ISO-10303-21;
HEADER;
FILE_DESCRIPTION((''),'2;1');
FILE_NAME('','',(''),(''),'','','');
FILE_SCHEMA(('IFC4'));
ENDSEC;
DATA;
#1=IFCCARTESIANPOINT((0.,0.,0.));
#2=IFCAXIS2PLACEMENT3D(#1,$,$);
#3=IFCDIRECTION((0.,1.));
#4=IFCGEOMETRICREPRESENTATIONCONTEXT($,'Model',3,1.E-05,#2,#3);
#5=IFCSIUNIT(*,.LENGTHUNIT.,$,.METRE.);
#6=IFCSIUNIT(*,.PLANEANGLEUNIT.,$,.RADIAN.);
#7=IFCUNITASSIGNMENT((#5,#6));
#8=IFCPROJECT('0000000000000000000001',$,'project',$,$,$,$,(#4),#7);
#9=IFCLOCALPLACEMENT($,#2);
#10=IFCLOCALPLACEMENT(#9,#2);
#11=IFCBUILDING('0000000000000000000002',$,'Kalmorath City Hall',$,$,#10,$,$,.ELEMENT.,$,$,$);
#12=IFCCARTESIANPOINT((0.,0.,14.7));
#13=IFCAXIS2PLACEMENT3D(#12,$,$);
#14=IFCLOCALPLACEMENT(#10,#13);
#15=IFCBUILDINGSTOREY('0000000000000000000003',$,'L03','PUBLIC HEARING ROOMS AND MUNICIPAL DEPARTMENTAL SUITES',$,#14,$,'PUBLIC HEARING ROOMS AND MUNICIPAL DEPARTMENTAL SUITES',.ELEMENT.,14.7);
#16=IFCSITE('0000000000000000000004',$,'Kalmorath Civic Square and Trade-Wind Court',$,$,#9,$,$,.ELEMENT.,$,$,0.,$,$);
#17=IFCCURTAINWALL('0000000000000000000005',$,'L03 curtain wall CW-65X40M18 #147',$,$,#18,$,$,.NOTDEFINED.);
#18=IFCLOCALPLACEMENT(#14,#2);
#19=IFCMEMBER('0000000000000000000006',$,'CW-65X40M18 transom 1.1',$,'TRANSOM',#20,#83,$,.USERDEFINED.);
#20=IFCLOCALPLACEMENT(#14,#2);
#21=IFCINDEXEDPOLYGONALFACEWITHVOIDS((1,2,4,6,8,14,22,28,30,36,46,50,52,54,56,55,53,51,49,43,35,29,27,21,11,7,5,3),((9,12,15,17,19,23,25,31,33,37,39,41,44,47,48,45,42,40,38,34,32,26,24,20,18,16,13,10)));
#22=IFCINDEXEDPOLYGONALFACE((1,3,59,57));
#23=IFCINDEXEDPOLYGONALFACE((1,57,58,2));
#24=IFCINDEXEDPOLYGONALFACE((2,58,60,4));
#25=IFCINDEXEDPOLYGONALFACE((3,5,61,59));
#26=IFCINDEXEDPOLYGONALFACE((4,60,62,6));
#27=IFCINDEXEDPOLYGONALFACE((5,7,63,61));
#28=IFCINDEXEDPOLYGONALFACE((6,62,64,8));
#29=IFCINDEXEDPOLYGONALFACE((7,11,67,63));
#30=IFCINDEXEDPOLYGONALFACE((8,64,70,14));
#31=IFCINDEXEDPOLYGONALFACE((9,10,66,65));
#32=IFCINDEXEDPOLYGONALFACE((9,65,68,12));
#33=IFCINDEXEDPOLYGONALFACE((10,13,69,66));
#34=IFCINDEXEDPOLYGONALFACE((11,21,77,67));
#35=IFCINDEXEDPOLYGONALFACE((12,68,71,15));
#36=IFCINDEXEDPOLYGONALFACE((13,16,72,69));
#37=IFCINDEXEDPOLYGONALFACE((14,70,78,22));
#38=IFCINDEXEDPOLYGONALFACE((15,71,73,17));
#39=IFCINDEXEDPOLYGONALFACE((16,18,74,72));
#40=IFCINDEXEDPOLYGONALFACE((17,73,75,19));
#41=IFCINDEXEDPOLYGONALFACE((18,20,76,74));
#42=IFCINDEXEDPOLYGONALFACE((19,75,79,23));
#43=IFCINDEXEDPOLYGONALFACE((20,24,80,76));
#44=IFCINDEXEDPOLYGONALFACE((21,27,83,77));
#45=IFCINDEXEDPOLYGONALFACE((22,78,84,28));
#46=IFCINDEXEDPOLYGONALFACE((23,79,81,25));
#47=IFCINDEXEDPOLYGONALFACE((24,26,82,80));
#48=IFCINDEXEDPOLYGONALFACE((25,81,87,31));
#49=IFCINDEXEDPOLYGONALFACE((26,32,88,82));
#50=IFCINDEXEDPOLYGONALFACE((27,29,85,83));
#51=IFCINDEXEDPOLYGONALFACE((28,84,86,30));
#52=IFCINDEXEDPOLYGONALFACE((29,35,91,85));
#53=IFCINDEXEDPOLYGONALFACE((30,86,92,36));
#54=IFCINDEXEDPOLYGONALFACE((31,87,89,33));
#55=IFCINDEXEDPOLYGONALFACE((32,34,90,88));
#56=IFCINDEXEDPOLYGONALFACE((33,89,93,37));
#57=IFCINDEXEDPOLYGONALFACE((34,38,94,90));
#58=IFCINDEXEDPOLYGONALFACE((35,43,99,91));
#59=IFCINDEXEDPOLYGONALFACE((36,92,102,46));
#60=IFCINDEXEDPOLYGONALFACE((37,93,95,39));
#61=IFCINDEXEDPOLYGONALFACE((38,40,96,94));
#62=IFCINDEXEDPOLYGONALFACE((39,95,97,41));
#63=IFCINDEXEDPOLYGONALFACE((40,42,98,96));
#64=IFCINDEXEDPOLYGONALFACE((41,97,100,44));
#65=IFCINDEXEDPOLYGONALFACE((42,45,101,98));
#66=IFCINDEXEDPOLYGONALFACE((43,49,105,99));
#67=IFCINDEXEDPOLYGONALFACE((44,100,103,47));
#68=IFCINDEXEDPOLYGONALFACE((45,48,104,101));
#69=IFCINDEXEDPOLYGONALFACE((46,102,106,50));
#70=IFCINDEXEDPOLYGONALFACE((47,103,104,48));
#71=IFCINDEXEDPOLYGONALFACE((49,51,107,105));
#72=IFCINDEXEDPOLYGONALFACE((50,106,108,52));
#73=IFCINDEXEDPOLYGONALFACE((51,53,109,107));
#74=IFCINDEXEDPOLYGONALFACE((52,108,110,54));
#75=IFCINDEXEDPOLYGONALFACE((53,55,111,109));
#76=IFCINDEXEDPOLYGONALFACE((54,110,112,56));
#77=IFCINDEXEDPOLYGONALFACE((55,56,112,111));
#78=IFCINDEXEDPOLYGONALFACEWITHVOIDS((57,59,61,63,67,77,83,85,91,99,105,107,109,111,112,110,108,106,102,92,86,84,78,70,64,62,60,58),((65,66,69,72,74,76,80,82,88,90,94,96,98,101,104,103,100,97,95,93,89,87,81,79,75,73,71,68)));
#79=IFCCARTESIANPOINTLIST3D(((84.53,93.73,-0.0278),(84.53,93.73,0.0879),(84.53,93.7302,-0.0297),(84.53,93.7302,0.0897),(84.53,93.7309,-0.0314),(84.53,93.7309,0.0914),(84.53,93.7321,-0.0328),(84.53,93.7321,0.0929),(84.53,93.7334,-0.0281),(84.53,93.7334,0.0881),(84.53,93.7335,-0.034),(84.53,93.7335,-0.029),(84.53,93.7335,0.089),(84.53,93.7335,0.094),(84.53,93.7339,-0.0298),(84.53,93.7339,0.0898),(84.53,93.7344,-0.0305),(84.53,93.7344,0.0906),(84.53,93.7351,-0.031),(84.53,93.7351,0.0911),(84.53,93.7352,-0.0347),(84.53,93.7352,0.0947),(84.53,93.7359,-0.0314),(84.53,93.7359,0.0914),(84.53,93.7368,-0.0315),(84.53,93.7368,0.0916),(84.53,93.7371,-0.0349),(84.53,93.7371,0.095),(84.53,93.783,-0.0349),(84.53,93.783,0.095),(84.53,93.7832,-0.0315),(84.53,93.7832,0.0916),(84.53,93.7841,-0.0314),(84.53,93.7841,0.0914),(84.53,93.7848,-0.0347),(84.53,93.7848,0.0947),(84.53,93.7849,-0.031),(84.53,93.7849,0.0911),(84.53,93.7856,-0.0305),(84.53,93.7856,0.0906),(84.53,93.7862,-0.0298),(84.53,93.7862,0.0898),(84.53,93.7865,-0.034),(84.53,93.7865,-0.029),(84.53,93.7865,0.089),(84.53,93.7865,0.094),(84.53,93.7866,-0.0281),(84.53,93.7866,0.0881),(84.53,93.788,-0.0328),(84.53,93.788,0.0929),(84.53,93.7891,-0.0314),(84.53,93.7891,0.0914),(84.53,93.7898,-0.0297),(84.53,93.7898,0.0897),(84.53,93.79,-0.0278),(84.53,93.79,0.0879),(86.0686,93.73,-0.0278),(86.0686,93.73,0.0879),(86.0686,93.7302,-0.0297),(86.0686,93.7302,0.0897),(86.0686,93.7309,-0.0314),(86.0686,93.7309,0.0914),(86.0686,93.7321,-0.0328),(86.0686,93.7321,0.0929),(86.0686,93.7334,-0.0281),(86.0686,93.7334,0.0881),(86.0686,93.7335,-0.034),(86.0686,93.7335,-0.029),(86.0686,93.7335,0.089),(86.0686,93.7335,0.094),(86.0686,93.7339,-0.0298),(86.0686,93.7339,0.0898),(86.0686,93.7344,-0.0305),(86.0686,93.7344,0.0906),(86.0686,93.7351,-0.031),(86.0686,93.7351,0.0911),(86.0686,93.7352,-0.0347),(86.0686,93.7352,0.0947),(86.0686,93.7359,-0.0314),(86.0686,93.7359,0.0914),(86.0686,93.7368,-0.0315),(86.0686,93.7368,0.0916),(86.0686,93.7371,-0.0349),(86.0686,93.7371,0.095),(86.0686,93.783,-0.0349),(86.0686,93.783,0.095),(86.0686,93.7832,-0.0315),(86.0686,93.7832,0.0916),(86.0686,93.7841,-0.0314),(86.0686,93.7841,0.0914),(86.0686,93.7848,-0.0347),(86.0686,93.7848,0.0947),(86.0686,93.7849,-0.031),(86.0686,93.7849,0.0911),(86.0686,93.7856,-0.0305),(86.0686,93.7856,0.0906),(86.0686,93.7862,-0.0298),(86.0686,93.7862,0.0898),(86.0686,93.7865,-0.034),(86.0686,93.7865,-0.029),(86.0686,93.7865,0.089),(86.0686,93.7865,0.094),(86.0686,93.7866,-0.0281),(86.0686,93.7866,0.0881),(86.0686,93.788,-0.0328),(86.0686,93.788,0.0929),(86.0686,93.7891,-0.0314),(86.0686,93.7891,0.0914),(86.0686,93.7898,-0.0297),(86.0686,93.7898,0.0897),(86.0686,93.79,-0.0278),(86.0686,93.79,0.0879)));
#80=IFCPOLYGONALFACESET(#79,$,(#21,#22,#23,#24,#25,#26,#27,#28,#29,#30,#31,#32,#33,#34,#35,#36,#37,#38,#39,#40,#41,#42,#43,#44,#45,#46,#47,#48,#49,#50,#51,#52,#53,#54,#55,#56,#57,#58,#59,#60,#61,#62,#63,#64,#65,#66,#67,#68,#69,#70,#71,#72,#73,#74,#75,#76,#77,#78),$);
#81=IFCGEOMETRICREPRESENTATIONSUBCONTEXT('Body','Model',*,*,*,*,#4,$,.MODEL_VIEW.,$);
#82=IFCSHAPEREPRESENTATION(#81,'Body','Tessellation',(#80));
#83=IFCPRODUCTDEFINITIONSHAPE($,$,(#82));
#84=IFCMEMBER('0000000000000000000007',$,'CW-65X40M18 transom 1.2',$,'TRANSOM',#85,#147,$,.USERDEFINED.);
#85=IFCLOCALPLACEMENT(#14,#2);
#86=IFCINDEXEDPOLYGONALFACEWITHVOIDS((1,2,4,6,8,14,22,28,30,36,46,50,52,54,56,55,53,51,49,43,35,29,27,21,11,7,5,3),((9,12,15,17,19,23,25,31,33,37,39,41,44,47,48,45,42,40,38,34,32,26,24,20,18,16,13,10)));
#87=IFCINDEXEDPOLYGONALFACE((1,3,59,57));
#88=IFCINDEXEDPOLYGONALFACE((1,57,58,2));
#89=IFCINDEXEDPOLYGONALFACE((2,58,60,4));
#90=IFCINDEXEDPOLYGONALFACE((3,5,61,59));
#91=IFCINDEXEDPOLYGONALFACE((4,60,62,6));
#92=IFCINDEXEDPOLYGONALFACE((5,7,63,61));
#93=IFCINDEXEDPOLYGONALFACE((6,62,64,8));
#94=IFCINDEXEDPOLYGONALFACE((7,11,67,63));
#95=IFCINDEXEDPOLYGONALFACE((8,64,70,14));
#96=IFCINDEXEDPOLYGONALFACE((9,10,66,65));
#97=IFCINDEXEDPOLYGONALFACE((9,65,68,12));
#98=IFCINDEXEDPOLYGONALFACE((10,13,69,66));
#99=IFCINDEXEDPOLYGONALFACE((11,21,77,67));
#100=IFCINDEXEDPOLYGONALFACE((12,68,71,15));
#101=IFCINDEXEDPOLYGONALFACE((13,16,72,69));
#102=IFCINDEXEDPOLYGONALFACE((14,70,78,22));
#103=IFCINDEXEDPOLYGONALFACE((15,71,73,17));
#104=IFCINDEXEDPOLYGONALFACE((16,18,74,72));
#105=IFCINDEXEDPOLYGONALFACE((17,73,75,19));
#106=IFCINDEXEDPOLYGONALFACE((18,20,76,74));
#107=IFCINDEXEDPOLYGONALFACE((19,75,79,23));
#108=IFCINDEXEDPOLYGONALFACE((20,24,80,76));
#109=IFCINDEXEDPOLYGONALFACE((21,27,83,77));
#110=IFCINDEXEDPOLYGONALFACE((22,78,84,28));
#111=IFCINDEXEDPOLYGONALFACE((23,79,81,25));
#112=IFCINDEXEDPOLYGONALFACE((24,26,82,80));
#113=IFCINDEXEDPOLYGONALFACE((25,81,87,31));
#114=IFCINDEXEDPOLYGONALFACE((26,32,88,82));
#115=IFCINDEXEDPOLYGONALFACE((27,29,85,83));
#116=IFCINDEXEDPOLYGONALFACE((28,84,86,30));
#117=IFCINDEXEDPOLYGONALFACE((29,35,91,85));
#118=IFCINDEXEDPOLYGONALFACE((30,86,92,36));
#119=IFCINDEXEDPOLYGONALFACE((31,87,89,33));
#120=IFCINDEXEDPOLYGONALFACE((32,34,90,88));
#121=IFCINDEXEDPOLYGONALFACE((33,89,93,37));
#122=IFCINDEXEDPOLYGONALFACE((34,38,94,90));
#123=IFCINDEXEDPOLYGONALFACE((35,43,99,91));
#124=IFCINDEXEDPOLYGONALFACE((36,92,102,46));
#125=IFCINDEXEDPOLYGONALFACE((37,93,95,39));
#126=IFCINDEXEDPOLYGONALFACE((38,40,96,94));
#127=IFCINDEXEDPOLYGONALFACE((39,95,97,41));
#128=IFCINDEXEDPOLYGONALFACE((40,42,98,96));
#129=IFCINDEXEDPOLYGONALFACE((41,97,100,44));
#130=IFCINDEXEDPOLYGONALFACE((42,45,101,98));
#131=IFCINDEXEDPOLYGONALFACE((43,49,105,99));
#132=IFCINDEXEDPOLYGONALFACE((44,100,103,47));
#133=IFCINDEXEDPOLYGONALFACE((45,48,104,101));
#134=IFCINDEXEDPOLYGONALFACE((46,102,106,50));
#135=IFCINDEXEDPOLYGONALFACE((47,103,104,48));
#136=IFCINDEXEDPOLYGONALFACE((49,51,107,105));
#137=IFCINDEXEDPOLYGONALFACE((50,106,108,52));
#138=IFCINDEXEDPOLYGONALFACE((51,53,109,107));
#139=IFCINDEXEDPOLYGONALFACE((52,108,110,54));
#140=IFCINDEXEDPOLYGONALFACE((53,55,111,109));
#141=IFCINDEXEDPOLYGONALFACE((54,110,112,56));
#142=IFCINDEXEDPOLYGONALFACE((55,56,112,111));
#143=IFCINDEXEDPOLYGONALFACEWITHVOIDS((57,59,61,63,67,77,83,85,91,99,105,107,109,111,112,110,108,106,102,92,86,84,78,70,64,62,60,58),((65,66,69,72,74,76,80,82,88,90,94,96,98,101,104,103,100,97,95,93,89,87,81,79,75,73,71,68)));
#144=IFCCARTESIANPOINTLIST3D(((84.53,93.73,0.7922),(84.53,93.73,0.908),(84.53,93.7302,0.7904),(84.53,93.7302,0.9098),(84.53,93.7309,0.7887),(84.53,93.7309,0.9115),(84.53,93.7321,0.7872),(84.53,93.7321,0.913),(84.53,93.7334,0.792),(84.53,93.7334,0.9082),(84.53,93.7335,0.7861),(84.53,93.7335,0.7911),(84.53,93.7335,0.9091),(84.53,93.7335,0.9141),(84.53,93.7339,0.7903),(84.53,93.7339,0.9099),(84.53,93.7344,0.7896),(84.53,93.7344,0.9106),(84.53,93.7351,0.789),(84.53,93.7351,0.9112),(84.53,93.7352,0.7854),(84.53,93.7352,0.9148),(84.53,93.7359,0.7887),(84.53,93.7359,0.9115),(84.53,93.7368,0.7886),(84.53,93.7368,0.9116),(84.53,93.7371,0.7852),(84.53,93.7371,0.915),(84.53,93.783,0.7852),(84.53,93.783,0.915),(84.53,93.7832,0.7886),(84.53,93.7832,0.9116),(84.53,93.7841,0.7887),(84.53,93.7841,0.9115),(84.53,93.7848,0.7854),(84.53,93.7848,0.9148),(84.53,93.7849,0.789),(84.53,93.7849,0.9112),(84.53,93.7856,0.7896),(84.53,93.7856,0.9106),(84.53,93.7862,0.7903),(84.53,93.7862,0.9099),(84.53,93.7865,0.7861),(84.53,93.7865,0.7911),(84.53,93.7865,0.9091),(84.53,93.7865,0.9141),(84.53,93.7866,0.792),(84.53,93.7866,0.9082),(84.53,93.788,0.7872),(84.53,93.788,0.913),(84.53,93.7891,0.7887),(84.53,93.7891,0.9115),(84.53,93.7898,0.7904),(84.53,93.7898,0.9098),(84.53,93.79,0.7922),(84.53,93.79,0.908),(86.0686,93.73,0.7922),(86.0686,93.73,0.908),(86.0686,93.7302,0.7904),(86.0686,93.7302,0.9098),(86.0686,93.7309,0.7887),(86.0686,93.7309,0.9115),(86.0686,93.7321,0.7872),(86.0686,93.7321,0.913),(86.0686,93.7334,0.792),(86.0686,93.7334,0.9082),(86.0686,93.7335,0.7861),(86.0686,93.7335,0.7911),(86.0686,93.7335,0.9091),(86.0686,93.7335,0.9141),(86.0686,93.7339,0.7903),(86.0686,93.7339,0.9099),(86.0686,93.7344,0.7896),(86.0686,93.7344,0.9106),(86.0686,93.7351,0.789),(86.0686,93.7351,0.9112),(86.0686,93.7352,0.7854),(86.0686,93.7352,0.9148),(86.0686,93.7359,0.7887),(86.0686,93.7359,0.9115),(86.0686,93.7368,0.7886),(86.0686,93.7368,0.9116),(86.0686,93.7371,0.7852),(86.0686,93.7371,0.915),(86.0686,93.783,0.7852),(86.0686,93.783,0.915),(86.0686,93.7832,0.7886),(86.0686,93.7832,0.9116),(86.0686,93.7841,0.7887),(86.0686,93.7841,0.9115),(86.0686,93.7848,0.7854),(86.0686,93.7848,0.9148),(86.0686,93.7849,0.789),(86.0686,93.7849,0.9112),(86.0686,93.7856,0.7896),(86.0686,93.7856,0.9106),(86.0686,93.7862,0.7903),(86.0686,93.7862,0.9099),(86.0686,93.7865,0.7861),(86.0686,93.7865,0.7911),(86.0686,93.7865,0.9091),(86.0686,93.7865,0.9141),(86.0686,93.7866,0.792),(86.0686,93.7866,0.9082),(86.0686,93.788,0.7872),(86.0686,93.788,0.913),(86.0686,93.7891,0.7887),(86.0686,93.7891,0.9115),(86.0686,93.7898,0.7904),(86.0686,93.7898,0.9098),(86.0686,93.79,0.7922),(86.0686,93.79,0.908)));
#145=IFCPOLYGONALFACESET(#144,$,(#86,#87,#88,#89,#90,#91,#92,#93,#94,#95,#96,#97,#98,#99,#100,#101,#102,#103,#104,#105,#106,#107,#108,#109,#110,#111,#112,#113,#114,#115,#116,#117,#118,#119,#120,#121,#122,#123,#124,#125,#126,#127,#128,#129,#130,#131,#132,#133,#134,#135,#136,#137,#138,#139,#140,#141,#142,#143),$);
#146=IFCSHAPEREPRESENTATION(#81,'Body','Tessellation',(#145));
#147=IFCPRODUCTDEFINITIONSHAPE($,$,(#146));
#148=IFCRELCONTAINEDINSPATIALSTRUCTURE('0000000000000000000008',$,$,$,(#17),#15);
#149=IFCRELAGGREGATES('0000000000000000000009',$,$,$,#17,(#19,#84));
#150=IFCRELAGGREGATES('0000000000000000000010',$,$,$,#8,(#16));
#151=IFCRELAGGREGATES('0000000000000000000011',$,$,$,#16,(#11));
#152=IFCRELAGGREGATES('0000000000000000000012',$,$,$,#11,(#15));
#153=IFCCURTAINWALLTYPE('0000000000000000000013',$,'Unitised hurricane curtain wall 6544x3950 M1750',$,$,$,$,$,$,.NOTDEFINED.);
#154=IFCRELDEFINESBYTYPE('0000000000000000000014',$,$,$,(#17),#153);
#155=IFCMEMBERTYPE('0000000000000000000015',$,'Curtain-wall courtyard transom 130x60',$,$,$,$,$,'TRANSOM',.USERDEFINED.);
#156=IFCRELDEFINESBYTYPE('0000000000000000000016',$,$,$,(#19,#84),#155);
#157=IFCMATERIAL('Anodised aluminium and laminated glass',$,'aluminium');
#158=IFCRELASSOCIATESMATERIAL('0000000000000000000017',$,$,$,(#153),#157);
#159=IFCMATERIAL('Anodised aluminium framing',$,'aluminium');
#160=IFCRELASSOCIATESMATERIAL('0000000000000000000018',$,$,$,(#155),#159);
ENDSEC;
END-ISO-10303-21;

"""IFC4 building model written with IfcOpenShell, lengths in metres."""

from ifc_helpers import new_model, si_unit, direction, frame, origin, origin_2d, place, context, subcontext, project, spatial, hollow_rectangle, extrude, material, material_profile, profile_set, type_object, element, aggregate, save


model = new_model("IFC4")

# Units and contexts
model_context = context("Model", 3, precision=1e-05, world=origin(), true_north=direction((0.0, 1.0)))
body_context = subcontext(model_context, "Body", "Model", "MODEL_VIEW")
ifc_project = project(units=[si_unit("LENGTHUNIT", "METRE"), si_unit("PLANEANGLEUNIT", "RADIAN")], contexts=[model_context])

# Site, building, storey
site_placement = place(None, origin())
site = spatial("IfcSite", under=ifc_project, at=site_placement, Name="Kalmorath Civic Square and Trade-Wind Court", CompositionType="ELEMENT", RefElevation=0.0)
building_placement = place(site_placement, origin())
building = spatial("IfcBuilding", under=site, at=building_placement, Name="Kalmorath City Hall", CompositionType="ELEMENT")
storey_placement = place(building_placement, frame((0.0, 0.0, 14.7)))
storey = spatial("IfcBuildingStorey", under=building, at=storey_placement, Name="L03", Description="PUBLIC HEARING ROOMS AND MUNICIPAL DEPARTMENTAL SUITES", LongName="PUBLIC HEARING ROOMS AND MUNICIPAL DEPARTMENTAL SUITES", CompositionType="ELEMENT", Elevation=14.7)

# Curtain wall
ifc_material_1 = material(Name="Anodised aluminium and laminated glass", Category="aluminium")
curtain_wall_type_1 = type_object("IfcCurtainWallType", Name="Unitised hurricane curtain wall 6544x3950 M1750", PredefinedType="NOTDEFINED", material=ifc_material_1)
curtain_wall_1_placement = place(storey_placement, origin())
curtain_wall_1 = element("IfcCurtainWall", 1, at=curtain_wall_1_placement, inside=storey, type_object=curtain_wall_type_1, Name="L03 curtain wall CW-65X40M18 #147", PredefinedType="NOTDEFINED")

# Members
ifc_material_2 = material(Name="Anodised aluminium framing", Category="aluminium")
ifc_material_profile_1 = material_profile(ifc_material_2, hollow_rectangle(XDim=0.0601, YDim=0.1299, WallThickness=0.0034, InnerFilletRadius=0.0034, OuterFilletRadius=0.0071, at=origin_2d()), Name="ALU-TRN-130X60X3.5")
ifc_profile_set_1 = profile_set([ifc_material_profile_1], Name="Anodised aluminium framing")
member_type_1 = type_object("IfcMemberType", Name="Curtain-wall courtyard transom 130x60", ElementType="TRANSOM", PredefinedType="USERDEFINED", material=ifc_profile_set_1)
member_1_placement = place(storey_placement, frame((86.0686, 93.76, 0.03), z_axis=(-1.0, 0.0, 0.0), x_axis=(0.0, -1.0, 0.0)))
member_1 = element("IfcMember", 2, at=member_1_placement, type_object=member_type_1, Name="CW-65X40M18 transom 1.1", ObjectType="TRANSOM", PredefinedType="USERDEFINED", context=body_context, shape_type="SweptSolid", body=[
    extrude(hollow_rectangle(XDim=0.0601, YDim=0.1299, WallThickness=0.0034, InnerFilletRadius=0.0034, OuterFilletRadius=0.0071, at=origin_2d()), origin(), (0.0, 0.0, 1.0), 1.5386),
])
member_2_placement = place(storey_placement, frame((86.0686, 93.76, 0.8501), z_axis=(-1.0, 0.0, 0.0), x_axis=(0.0, -1.0, 0.0)))
member_2 = element("IfcMember", 3, at=member_2_placement, type_object=member_type_1, Name="CW-65X40M18 transom 1.2", ObjectType="TRANSOM", PredefinedType="USERDEFINED", context=body_context, shape_type="SweptSolid", body=[
    extrude(hollow_rectangle(XDim=0.0601, YDim=0.1299, WallThickness=0.0034, InnerFilletRadius=0.0034, OuterFilletRadius=0.0071, at=origin_2d()), origin(), (0.0, 0.0, 1.0), 1.5386),
])

aggregate(curtain_wall_1, [member_1, member_2])

save(model, "model.ifc")
